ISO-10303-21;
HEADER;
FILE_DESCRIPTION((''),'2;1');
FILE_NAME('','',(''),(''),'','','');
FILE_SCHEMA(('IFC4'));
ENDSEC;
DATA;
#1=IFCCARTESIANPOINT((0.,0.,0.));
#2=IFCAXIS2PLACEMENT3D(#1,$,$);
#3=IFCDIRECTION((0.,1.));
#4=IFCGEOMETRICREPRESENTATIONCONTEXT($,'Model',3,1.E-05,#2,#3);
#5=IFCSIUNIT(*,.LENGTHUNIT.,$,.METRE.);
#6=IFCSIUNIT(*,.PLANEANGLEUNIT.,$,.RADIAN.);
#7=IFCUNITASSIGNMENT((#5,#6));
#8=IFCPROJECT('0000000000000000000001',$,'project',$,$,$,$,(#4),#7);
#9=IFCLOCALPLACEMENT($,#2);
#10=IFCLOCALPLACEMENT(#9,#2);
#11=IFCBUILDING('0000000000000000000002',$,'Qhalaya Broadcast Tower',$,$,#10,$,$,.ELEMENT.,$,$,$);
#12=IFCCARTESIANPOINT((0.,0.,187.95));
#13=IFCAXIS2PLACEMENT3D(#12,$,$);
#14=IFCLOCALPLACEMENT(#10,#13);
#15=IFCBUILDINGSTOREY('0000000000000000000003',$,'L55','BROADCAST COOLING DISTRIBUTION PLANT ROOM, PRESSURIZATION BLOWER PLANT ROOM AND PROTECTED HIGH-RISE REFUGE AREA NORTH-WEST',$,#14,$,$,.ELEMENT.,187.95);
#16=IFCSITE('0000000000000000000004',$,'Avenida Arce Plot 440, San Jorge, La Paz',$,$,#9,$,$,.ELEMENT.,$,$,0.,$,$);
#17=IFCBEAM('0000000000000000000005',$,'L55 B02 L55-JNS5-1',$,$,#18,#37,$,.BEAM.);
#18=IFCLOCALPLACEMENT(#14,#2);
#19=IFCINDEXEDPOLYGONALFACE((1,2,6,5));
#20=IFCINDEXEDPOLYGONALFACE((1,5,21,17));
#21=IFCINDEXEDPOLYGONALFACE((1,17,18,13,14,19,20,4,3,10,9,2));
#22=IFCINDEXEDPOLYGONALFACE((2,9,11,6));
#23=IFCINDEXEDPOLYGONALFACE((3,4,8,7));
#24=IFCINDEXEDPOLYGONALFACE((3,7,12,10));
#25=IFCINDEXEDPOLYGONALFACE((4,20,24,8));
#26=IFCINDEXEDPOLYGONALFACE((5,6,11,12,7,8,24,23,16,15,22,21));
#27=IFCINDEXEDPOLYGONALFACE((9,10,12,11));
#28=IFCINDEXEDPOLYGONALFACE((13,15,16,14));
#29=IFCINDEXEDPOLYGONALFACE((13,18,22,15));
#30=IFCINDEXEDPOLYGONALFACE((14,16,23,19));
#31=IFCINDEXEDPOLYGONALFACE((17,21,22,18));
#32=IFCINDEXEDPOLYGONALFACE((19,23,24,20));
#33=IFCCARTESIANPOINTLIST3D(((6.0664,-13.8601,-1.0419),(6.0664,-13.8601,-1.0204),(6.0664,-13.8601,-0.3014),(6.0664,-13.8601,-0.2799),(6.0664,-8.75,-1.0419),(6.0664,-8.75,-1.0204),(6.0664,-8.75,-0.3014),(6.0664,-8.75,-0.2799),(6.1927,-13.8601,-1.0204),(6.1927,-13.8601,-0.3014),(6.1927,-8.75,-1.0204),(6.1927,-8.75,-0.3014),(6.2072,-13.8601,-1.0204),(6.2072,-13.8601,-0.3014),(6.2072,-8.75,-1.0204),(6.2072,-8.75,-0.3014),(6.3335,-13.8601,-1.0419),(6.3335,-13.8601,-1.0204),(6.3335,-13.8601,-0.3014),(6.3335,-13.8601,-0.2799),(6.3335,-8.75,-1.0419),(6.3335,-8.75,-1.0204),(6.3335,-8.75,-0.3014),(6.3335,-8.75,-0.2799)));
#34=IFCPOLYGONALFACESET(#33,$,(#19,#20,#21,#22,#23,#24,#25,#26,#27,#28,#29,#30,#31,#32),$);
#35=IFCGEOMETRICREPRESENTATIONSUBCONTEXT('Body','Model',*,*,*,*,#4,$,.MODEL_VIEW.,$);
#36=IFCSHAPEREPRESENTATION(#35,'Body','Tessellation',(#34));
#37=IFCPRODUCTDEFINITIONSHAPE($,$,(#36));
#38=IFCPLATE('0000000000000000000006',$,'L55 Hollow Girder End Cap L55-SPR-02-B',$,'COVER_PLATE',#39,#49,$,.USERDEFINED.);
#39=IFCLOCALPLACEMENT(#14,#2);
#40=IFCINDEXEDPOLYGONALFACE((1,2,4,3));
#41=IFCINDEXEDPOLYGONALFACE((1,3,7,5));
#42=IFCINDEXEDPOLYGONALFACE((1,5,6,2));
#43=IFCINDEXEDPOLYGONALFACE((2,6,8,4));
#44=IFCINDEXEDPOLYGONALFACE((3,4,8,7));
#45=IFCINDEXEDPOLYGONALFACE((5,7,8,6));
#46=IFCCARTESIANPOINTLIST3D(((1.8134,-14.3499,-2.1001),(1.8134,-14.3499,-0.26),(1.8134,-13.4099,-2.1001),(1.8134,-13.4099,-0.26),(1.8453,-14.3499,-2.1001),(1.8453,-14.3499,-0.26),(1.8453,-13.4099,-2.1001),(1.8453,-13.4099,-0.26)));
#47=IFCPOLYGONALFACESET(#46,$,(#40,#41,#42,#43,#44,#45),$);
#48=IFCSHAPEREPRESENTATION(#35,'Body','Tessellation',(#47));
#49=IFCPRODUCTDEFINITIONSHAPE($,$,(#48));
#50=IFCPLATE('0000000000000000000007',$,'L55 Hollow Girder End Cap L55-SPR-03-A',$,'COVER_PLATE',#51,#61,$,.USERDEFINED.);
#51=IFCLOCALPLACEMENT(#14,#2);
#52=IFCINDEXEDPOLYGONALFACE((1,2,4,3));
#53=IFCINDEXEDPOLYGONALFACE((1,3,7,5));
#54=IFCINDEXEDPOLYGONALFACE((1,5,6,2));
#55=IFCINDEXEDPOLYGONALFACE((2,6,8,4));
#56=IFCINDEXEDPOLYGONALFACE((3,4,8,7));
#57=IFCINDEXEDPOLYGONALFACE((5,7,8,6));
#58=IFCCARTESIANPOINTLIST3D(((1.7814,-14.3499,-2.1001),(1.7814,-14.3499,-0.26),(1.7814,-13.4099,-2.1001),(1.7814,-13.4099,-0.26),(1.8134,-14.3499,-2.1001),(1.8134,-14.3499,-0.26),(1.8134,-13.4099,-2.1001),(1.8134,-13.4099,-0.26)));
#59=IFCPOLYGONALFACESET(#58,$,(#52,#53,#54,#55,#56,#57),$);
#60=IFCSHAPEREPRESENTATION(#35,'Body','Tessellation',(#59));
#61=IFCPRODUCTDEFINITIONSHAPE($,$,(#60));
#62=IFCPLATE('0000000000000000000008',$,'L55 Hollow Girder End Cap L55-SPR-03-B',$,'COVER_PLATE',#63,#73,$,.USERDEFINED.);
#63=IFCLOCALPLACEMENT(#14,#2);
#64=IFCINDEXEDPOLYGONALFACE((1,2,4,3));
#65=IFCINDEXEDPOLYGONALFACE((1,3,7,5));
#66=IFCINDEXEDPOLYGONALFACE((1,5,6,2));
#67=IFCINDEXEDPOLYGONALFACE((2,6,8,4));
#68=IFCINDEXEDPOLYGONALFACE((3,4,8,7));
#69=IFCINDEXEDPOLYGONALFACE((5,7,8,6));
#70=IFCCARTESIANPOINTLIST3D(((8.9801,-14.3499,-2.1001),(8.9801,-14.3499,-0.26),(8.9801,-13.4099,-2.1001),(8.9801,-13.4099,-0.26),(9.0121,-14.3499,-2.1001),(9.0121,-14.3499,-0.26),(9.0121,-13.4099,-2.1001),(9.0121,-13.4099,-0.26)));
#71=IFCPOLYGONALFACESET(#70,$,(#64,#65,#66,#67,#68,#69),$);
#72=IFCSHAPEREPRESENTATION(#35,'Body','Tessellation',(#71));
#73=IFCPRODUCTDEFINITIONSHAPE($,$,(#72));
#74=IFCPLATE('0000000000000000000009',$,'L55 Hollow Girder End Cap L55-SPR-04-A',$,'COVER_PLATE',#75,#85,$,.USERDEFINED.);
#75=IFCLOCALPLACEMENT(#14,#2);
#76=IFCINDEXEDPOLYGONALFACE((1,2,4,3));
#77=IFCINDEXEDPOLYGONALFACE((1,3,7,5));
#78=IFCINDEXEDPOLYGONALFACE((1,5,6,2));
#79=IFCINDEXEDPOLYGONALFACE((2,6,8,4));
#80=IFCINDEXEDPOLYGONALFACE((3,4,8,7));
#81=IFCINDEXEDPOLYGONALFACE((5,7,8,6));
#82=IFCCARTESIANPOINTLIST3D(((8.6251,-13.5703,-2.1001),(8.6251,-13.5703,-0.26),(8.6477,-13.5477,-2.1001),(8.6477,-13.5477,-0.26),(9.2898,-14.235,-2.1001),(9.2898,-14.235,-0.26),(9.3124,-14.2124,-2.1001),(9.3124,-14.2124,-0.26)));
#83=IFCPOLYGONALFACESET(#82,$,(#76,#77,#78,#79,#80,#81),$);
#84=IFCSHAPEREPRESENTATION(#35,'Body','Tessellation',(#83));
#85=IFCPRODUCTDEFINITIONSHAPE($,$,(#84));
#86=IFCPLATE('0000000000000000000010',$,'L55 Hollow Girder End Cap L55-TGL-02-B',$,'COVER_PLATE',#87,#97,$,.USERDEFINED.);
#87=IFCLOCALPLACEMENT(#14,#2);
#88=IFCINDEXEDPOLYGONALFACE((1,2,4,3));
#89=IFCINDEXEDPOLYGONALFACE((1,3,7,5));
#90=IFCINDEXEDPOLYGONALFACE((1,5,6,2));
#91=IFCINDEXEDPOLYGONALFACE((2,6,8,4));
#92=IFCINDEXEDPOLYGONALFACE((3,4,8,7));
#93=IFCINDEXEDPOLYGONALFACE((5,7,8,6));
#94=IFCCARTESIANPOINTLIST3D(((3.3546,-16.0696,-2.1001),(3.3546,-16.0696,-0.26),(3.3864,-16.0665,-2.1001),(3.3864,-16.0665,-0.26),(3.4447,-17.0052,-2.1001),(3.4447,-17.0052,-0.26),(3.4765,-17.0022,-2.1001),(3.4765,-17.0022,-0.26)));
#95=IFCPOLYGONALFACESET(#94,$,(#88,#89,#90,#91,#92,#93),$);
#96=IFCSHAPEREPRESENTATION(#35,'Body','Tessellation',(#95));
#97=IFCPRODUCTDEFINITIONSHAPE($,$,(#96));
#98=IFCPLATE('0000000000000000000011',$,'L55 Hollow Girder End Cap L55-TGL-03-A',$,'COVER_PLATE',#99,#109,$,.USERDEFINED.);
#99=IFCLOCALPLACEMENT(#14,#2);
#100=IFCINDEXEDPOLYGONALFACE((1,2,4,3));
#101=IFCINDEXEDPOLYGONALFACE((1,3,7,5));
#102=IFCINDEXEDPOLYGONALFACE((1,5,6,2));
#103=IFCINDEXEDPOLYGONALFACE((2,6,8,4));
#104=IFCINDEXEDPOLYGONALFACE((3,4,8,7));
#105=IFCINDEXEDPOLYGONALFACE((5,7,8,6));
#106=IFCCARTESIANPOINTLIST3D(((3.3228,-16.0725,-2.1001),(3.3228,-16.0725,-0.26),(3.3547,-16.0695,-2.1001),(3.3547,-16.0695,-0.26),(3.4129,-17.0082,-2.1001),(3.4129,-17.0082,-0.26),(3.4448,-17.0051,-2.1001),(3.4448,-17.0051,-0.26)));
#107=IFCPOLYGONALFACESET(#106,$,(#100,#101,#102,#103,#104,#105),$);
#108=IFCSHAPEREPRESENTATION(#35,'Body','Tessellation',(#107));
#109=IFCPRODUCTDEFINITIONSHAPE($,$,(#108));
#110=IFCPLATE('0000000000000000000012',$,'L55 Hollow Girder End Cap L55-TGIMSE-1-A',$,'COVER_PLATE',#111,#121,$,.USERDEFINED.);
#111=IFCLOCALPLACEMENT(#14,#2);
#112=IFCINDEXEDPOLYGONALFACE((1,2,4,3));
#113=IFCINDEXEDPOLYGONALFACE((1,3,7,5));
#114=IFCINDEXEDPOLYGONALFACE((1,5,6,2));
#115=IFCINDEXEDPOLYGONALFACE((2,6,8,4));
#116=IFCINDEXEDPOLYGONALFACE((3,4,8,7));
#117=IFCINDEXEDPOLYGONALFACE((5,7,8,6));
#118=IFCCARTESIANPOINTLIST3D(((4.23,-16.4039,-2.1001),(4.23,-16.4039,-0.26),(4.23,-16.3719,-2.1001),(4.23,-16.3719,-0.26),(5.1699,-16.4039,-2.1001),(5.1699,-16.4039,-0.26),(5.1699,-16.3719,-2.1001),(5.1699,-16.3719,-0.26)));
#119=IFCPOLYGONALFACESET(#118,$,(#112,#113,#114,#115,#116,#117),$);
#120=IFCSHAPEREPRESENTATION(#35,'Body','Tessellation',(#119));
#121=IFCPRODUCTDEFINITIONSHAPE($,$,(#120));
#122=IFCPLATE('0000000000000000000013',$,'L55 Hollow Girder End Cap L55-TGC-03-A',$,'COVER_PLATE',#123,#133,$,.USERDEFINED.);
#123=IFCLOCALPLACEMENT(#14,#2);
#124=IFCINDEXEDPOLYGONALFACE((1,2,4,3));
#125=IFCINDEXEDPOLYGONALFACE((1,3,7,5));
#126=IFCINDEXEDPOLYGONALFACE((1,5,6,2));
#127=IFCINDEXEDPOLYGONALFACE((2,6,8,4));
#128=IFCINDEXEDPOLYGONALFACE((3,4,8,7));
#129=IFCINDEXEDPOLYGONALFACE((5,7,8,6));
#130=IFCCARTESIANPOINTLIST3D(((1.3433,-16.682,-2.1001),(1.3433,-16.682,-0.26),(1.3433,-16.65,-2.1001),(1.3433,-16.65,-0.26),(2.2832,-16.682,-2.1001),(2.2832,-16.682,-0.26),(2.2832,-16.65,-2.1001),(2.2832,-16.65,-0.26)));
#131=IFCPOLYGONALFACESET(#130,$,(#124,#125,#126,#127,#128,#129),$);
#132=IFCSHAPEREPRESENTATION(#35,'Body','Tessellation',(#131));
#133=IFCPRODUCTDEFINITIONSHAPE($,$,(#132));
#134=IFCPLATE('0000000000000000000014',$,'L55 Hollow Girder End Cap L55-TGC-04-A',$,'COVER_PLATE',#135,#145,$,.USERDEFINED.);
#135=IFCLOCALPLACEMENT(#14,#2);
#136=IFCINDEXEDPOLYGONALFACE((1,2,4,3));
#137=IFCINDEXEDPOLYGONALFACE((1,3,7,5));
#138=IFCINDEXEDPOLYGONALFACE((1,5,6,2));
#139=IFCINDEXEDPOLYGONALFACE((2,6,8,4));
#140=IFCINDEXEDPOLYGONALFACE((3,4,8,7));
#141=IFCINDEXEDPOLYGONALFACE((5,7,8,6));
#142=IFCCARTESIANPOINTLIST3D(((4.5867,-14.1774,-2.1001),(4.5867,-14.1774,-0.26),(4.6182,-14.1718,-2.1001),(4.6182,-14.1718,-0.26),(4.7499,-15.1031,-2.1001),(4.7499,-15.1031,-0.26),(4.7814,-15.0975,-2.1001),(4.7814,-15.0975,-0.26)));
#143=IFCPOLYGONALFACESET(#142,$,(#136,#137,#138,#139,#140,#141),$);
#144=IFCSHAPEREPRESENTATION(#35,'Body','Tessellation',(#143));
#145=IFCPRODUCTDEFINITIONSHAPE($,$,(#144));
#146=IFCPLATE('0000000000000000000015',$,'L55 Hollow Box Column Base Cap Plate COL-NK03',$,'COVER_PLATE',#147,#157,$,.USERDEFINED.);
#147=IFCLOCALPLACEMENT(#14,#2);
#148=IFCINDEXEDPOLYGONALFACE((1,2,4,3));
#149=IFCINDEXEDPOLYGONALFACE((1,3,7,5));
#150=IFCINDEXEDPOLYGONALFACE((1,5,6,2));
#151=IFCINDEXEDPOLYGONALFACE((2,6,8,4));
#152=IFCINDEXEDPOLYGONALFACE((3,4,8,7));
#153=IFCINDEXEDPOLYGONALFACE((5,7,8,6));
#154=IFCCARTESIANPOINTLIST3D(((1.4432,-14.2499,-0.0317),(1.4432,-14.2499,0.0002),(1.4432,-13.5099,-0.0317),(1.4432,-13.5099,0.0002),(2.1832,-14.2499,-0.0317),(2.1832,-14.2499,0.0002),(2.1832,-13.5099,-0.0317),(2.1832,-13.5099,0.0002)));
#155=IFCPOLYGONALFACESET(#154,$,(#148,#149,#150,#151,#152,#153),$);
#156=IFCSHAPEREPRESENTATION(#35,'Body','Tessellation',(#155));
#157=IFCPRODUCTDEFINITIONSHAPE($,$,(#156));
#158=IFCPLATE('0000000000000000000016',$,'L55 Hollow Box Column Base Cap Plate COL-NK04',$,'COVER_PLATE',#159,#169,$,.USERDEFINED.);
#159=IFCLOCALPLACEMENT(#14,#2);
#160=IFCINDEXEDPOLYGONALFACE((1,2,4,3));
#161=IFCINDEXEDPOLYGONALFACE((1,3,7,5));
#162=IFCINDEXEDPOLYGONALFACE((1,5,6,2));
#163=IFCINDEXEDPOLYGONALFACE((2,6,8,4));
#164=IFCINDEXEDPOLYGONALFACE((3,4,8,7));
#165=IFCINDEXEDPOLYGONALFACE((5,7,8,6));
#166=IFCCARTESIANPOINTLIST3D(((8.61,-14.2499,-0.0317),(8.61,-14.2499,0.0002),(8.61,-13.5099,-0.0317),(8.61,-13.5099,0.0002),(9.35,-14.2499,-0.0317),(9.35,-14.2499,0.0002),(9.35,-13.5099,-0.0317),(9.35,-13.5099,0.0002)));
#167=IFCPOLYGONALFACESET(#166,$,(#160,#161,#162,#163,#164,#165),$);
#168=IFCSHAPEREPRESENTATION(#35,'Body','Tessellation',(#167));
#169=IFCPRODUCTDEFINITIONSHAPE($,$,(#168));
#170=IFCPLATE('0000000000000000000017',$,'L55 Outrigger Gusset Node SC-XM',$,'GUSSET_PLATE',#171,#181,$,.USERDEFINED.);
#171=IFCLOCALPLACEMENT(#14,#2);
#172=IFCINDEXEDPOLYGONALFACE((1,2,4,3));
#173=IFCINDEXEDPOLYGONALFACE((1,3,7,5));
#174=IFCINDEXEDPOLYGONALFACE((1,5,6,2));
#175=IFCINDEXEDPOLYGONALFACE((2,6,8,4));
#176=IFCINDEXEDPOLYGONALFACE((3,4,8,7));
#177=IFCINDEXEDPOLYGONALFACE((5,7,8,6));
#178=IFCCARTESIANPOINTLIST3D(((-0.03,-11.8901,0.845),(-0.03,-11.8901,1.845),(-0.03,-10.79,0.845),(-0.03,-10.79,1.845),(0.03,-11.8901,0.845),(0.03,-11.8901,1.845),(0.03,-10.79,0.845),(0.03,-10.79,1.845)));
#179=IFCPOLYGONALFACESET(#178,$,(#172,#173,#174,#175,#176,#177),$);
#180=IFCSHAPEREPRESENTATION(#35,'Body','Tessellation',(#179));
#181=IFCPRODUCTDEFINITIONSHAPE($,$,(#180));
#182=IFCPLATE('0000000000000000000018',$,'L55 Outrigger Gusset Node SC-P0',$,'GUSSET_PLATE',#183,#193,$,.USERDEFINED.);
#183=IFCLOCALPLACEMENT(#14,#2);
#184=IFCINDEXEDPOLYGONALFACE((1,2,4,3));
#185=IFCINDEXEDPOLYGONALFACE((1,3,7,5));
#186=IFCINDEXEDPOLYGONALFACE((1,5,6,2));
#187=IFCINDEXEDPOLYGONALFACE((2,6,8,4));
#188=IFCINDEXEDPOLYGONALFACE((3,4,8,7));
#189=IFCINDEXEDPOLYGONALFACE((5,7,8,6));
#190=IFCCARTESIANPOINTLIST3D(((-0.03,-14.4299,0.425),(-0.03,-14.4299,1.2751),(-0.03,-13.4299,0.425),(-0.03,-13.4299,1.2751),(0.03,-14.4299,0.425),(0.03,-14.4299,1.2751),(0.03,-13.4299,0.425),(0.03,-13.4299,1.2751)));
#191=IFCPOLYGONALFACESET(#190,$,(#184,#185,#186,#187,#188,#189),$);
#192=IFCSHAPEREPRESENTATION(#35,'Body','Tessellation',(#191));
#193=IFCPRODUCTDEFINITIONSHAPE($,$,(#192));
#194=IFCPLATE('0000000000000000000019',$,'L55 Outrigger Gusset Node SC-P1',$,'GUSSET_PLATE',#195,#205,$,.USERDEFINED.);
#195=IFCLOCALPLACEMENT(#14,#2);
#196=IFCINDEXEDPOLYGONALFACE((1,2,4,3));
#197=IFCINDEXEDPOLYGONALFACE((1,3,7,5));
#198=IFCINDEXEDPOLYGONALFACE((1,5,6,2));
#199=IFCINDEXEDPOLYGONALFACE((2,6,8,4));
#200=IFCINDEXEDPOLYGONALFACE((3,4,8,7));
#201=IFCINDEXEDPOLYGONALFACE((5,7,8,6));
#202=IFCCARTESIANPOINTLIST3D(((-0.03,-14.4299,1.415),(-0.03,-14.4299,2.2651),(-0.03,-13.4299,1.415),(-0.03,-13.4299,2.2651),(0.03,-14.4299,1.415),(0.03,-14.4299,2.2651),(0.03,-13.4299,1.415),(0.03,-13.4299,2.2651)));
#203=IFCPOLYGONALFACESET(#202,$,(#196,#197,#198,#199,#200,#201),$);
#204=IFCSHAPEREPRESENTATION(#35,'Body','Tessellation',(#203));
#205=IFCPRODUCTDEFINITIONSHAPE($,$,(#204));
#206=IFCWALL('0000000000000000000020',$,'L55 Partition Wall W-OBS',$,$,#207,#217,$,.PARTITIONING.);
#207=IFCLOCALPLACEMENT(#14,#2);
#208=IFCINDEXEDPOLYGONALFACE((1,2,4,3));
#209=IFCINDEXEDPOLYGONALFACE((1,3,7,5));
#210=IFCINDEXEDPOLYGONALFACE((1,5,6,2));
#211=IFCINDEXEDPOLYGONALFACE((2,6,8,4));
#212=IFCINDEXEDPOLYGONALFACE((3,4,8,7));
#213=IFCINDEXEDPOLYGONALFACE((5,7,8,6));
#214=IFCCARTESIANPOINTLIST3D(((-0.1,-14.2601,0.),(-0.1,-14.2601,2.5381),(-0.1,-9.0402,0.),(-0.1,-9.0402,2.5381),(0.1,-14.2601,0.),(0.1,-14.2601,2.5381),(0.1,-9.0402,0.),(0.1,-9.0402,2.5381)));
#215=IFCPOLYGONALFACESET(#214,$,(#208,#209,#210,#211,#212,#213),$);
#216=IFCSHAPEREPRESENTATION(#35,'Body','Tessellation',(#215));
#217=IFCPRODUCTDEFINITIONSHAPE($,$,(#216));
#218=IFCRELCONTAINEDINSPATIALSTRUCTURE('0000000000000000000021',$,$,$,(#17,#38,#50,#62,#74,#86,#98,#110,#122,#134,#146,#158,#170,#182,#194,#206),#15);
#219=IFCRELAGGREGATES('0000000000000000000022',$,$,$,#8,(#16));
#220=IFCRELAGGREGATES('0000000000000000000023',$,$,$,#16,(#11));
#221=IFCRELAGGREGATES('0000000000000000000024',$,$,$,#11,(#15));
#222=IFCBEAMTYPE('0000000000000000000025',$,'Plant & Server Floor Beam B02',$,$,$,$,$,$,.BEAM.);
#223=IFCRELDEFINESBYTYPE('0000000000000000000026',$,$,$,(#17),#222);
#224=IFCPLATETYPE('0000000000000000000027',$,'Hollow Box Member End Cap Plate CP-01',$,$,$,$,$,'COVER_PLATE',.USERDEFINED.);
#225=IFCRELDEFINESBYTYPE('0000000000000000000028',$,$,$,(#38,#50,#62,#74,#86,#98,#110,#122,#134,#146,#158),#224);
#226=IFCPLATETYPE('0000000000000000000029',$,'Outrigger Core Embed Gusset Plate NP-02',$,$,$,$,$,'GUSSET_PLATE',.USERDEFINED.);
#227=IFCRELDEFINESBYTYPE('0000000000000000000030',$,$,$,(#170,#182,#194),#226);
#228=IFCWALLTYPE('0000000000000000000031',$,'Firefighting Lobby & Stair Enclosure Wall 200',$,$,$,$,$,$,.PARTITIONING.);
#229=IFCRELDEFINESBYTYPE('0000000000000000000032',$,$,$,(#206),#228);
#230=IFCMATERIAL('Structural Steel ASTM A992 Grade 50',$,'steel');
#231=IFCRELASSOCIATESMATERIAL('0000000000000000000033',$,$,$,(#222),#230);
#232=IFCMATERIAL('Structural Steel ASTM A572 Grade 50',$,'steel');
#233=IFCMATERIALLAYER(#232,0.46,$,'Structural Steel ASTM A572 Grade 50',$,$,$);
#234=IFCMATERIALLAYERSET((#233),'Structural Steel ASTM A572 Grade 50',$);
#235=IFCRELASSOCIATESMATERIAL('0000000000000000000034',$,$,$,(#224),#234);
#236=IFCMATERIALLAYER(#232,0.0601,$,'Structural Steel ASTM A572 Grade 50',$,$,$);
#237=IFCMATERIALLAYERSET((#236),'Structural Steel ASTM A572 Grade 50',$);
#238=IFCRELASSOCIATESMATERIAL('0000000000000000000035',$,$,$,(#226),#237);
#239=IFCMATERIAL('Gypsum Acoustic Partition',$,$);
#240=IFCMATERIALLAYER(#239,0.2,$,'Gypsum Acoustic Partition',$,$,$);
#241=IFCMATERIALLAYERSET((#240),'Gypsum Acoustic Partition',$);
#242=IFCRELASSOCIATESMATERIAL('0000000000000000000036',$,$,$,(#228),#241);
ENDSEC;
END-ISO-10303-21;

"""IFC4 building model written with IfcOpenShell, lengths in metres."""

from ifc_helpers import new_model, si_unit, direction, frame, frame_2d, origin, origin_2d, place, context, subcontext, project, spatial, rectangle, i_section, extrude, material, layer, layer_set, material_profile, profile_set, type_object, element, save


model = new_model("IFC4")

# Units and contexts
model_context = context("Model", 3, precision=1e-05, world=origin(), true_north=direction((0.0, 1.0)))
body_context = subcontext(model_context, "Body", "Model", "MODEL_VIEW")
ifc_project = project(units=[si_unit("LENGTHUNIT", "METRE"), si_unit("PLANEANGLEUNIT", "RADIAN")], contexts=[model_context])

# Site, building, storey
site_placement = place(None, origin())
site = spatial("IfcSite", under=ifc_project, at=site_placement, Name="Avenida Arce Plot 440, San Jorge, La Paz", CompositionType="ELEMENT", RefElevation=0.0)
building_placement = place(site_placement, origin())
building = spatial("IfcBuilding", under=site, at=building_placement, Name="Qhalaya Broadcast Tower", CompositionType="ELEMENT")
storey_placement = place(building_placement, frame((0.0, 0.0, 187.95)))
storey = spatial("IfcBuildingStorey", under=building, at=storey_placement, Name="L55", Description="BROADCAST COOLING DISTRIBUTION PLANT ROOM, PRESSURIZATION BLOWER PLANT ROOM AND PROTECTED HIGH-RISE REFUGE AREA NORTH-WEST", CompositionType="ELEMENT", Elevation=187.95)

# Shared definitions
ifc_material_1 = material(Name="Structural Steel ASTM A572 Grade 50", Category="steel")

# Beam
ifc_material_2 = material(Name="Structural Steel ASTM A992 Grade 50", Category="steel")
ifc_material_profile_1 = material_profile(ifc_material_2, i_section(OverallWidth=0.2671, OverallDepth=0.762, WebThickness=0.0144, FlangeThickness=0.0215, at=origin_2d()), Name="W30X116")
ifc_profile_set_1 = profile_set([ifc_material_profile_1], Name="Structural Steel ASTM A992 Grade 50")
beam_type_1 = type_object("IfcBeamType", Name="Plant & Server Floor Beam B02", PredefinedType="BEAM", material=ifc_profile_set_1)
for number, where, z_axis, x_axis, name in (
    (1, (6.2, -13.8601, -0.6609), (0.0, 1.0, 0.0), (-1.0, 0.0, 0.0), "L55 B02 L55-JNS5-1"),
):
    element("IfcBeam", number, at=place(storey_placement, frame(where, z_axis=z_axis, x_axis=x_axis)), inside=storey, type_object=beam_type_1, Name=name, PredefinedType="BEAM", context=body_context, shape_type="SweptSolid", body=[
        extrude(i_section(OverallWidth=0.2671, OverallDepth=0.762, WebThickness=0.0144, FlangeThickness=0.0215, at=origin_2d()), origin(), (0.0, 0.0, 1.0), 5.1101),
    ])

# Plates
ifc_layer_1 = layer(ifc_material_1, 0.46, Name="Structural Steel ASTM A572 Grade 50")
ifc_layer_set_1 = layer_set([ifc_layer_1], Name="Structural Steel ASTM A572 Grade 50")
plate_type_1 = type_object("IfcPlateType", Name="Hollow Box Member End Cap Plate CP-01", ElementType="COVER_PLATE", PredefinedType="USERDEFINED", material=ifc_layer_set_1)
for number, where, z_axis, x_axis, name in (
    (2, (1.8293, -13.8799, -2.1001), (0.0, 0.0, 1.0), (0.0, 1.0, 0.0), "L55 Hollow Girder End Cap L55-SPR-02-B"),
    (3, (1.7974, -13.8799, -2.1001), (0.0, 0.0, 1.0), (0.0, 1.0, 0.0), "L55 Hollow Girder End Cap L55-SPR-03-A"),
    (4, (8.9961, -13.8799, -2.1001), (0.0, 0.0, 1.0), (0.0, 1.0, 0.0), "L55 Hollow Girder End Cap L55-SPR-03-B"),
    (5, (8.9688, -13.8914, -2.1001), (0.0, 0.0, 1.0), (-0.707107, 0.707107, 0.0), "L55 Hollow Girder End Cap L55-SPR-04-A"),
    (6, (3.4155, -16.5359, -2.1001), (0.0, 0.0, 1.0), (-0.095846, 0.995396, 0.0), "L55 Hollow Girder End Cap L55-TGL-02-B"),
    (7, (3.3838, -16.5388, -2.1001), (0.0, 0.0, 1.0), (-0.095846, 0.995396, 0.0), "L55 Hollow Girder End Cap L55-TGL-03-A"),
    (8, (4.7, -16.3879, -2.1001), (0.0, 0.0, 1.0), (-1.0, 0.0, 0.0), "L55 Hollow Girder End Cap L55-TGIMSE-1-A"),
    (9, (1.8132, -16.666, -2.1001), (0.0, 0.0, 1.0), (-1.0, 0.0, 0.0), "L55 Hollow Girder End Cap L55-TGC-03-A"),
    (10, (4.6841, -14.6375, -2.1001), (0.0, 0.0, 1.0), (-0.173648, 0.984808, 0.0), "L55 Hollow Girder End Cap L55-TGC-04-A"),
):
    element("IfcPlate", number, at=place(storey_placement, frame(where, z_axis=z_axis, x_axis=x_axis)), inside=storey, type_object=plate_type_1, Name=name, ObjectType="COVER_PLATE", PredefinedType="USERDEFINED", context=body_context, shape_type="SweptSolid", body=[
        extrude(rectangle(XDim=0.9399, YDim=0.032, at=origin_2d()), origin(), (0.0, 0.0, 1.0), 1.8401),
    ])
for number, where, z_axis, x_axis, name in (
    (11, (1.8132, -13.8799, -0.0317), (0.0, 0.0, 1.0), (1.0, 0.0, 0.0), "L55 Hollow Box Column Base Cap Plate COL-NK03"),
    (12, (8.98, -13.8799, -0.0317), (0.0, 0.0, 1.0), (1.0, 0.0, 0.0), "L55 Hollow Box Column Base Cap Plate COL-NK04"),
):
    element("IfcPlate", number, at=place(storey_placement, frame(where, z_axis=z_axis, x_axis=x_axis)), inside=storey, type_object=plate_type_1, Name=name, ObjectType="COVER_PLATE", PredefinedType="USERDEFINED", context=body_context, shape_type="SweptSolid", body=[
        extrude(rectangle(XDim=0.74, YDim=0.74, at=origin_2d()), origin(), (0.0, 0.0, 1.0), 0.032),
    ])
ifc_layer_2 = layer(ifc_material_1, 0.0601, Name="Structural Steel ASTM A572 Grade 50")
ifc_layer_set_2 = layer_set([ifc_layer_2], Name="Structural Steel ASTM A572 Grade 50")
plate_type_2 = type_object("IfcPlateType", Name="Outrigger Core Embed Gusset Plate NP-02", ElementType="GUSSET_PLATE", PredefinedType="USERDEFINED", material=ifc_layer_set_2)
plate_placement = place(storey_placement, frame((0.0, -11.3401, 0.845), z_axis=(0.0, 0.0, 1.0), x_axis=(0.0, -1.0, 0.0)))
element("IfcPlate", 13, at=plate_placement, inside=storey, type_object=plate_type_2, Name="L55 Outrigger Gusset Node SC-XM", ObjectType="GUSSET_PLATE", PredefinedType="USERDEFINED", context=body_context, shape_type="SweptSolid", body=[
    extrude(rectangle(XDim=1.1001, YDim=0.0601, at=origin_2d()), origin(), (0.0, 0.0, 1.0), 1.0),
])
for number, where, z_axis, x_axis, name in (
    (14, (0.0, -13.9299, 0.425), (0.0, 0.0, 1.0), (0.0, -1.0, 0.0), "L55 Outrigger Gusset Node SC-P0"),
    (15, (0.0, -13.9299, 1.415), (0.0, 0.0, 1.0), (0.0, -1.0, 0.0), "L55 Outrigger Gusset Node SC-P1"),
):
    element("IfcPlate", number, at=place(storey_placement, frame(where, z_axis=z_axis, x_axis=x_axis)), inside=storey, type_object=plate_type_2, Name=name, ObjectType="GUSSET_PLATE", PredefinedType="USERDEFINED", context=body_context, shape_type="SweptSolid", body=[
        extrude(rectangle(XDim=1.0, YDim=0.0601, at=origin_2d()), origin(), (0.0, 0.0, 1.0), 0.8501),
    ])

# Wall
ifc_material_3 = material(Name="Gypsum Acoustic Partition")
ifc_layer_3 = layer(ifc_material_3, 0.2, Name="Gypsum Acoustic Partition")
ifc_layer_set_3 = layer_set([ifc_layer_3], Name="Gypsum Acoustic Partition")
wall_type_1 = type_object("IfcWallType", Name="Firefighting Lobby & Stair Enclosure Wall 200", PredefinedType="PARTITIONING", material=ifc_layer_set_3)
wall_1_placement = place(storey_placement, frame((0.0, -14.26, 0.0), z_axis=(0.0, 0.0, 1.0), x_axis=(0.0, 1.0, 0.0)))
element("IfcWall", 16, at=wall_1_placement, inside=storey, type_object=wall_type_1, Name="L55 Partition Wall W-OBS", PredefinedType="PARTITIONING", context=body_context, shape_type="SweptSolid", body=[
    extrude(rectangle(XDim=5.22, YDim=0.2, at=frame_2d((2.6099, 0.0))), origin(), (0.0, 0.0, 1.0), 2.5381),
])

save(model, "model.ifc")
